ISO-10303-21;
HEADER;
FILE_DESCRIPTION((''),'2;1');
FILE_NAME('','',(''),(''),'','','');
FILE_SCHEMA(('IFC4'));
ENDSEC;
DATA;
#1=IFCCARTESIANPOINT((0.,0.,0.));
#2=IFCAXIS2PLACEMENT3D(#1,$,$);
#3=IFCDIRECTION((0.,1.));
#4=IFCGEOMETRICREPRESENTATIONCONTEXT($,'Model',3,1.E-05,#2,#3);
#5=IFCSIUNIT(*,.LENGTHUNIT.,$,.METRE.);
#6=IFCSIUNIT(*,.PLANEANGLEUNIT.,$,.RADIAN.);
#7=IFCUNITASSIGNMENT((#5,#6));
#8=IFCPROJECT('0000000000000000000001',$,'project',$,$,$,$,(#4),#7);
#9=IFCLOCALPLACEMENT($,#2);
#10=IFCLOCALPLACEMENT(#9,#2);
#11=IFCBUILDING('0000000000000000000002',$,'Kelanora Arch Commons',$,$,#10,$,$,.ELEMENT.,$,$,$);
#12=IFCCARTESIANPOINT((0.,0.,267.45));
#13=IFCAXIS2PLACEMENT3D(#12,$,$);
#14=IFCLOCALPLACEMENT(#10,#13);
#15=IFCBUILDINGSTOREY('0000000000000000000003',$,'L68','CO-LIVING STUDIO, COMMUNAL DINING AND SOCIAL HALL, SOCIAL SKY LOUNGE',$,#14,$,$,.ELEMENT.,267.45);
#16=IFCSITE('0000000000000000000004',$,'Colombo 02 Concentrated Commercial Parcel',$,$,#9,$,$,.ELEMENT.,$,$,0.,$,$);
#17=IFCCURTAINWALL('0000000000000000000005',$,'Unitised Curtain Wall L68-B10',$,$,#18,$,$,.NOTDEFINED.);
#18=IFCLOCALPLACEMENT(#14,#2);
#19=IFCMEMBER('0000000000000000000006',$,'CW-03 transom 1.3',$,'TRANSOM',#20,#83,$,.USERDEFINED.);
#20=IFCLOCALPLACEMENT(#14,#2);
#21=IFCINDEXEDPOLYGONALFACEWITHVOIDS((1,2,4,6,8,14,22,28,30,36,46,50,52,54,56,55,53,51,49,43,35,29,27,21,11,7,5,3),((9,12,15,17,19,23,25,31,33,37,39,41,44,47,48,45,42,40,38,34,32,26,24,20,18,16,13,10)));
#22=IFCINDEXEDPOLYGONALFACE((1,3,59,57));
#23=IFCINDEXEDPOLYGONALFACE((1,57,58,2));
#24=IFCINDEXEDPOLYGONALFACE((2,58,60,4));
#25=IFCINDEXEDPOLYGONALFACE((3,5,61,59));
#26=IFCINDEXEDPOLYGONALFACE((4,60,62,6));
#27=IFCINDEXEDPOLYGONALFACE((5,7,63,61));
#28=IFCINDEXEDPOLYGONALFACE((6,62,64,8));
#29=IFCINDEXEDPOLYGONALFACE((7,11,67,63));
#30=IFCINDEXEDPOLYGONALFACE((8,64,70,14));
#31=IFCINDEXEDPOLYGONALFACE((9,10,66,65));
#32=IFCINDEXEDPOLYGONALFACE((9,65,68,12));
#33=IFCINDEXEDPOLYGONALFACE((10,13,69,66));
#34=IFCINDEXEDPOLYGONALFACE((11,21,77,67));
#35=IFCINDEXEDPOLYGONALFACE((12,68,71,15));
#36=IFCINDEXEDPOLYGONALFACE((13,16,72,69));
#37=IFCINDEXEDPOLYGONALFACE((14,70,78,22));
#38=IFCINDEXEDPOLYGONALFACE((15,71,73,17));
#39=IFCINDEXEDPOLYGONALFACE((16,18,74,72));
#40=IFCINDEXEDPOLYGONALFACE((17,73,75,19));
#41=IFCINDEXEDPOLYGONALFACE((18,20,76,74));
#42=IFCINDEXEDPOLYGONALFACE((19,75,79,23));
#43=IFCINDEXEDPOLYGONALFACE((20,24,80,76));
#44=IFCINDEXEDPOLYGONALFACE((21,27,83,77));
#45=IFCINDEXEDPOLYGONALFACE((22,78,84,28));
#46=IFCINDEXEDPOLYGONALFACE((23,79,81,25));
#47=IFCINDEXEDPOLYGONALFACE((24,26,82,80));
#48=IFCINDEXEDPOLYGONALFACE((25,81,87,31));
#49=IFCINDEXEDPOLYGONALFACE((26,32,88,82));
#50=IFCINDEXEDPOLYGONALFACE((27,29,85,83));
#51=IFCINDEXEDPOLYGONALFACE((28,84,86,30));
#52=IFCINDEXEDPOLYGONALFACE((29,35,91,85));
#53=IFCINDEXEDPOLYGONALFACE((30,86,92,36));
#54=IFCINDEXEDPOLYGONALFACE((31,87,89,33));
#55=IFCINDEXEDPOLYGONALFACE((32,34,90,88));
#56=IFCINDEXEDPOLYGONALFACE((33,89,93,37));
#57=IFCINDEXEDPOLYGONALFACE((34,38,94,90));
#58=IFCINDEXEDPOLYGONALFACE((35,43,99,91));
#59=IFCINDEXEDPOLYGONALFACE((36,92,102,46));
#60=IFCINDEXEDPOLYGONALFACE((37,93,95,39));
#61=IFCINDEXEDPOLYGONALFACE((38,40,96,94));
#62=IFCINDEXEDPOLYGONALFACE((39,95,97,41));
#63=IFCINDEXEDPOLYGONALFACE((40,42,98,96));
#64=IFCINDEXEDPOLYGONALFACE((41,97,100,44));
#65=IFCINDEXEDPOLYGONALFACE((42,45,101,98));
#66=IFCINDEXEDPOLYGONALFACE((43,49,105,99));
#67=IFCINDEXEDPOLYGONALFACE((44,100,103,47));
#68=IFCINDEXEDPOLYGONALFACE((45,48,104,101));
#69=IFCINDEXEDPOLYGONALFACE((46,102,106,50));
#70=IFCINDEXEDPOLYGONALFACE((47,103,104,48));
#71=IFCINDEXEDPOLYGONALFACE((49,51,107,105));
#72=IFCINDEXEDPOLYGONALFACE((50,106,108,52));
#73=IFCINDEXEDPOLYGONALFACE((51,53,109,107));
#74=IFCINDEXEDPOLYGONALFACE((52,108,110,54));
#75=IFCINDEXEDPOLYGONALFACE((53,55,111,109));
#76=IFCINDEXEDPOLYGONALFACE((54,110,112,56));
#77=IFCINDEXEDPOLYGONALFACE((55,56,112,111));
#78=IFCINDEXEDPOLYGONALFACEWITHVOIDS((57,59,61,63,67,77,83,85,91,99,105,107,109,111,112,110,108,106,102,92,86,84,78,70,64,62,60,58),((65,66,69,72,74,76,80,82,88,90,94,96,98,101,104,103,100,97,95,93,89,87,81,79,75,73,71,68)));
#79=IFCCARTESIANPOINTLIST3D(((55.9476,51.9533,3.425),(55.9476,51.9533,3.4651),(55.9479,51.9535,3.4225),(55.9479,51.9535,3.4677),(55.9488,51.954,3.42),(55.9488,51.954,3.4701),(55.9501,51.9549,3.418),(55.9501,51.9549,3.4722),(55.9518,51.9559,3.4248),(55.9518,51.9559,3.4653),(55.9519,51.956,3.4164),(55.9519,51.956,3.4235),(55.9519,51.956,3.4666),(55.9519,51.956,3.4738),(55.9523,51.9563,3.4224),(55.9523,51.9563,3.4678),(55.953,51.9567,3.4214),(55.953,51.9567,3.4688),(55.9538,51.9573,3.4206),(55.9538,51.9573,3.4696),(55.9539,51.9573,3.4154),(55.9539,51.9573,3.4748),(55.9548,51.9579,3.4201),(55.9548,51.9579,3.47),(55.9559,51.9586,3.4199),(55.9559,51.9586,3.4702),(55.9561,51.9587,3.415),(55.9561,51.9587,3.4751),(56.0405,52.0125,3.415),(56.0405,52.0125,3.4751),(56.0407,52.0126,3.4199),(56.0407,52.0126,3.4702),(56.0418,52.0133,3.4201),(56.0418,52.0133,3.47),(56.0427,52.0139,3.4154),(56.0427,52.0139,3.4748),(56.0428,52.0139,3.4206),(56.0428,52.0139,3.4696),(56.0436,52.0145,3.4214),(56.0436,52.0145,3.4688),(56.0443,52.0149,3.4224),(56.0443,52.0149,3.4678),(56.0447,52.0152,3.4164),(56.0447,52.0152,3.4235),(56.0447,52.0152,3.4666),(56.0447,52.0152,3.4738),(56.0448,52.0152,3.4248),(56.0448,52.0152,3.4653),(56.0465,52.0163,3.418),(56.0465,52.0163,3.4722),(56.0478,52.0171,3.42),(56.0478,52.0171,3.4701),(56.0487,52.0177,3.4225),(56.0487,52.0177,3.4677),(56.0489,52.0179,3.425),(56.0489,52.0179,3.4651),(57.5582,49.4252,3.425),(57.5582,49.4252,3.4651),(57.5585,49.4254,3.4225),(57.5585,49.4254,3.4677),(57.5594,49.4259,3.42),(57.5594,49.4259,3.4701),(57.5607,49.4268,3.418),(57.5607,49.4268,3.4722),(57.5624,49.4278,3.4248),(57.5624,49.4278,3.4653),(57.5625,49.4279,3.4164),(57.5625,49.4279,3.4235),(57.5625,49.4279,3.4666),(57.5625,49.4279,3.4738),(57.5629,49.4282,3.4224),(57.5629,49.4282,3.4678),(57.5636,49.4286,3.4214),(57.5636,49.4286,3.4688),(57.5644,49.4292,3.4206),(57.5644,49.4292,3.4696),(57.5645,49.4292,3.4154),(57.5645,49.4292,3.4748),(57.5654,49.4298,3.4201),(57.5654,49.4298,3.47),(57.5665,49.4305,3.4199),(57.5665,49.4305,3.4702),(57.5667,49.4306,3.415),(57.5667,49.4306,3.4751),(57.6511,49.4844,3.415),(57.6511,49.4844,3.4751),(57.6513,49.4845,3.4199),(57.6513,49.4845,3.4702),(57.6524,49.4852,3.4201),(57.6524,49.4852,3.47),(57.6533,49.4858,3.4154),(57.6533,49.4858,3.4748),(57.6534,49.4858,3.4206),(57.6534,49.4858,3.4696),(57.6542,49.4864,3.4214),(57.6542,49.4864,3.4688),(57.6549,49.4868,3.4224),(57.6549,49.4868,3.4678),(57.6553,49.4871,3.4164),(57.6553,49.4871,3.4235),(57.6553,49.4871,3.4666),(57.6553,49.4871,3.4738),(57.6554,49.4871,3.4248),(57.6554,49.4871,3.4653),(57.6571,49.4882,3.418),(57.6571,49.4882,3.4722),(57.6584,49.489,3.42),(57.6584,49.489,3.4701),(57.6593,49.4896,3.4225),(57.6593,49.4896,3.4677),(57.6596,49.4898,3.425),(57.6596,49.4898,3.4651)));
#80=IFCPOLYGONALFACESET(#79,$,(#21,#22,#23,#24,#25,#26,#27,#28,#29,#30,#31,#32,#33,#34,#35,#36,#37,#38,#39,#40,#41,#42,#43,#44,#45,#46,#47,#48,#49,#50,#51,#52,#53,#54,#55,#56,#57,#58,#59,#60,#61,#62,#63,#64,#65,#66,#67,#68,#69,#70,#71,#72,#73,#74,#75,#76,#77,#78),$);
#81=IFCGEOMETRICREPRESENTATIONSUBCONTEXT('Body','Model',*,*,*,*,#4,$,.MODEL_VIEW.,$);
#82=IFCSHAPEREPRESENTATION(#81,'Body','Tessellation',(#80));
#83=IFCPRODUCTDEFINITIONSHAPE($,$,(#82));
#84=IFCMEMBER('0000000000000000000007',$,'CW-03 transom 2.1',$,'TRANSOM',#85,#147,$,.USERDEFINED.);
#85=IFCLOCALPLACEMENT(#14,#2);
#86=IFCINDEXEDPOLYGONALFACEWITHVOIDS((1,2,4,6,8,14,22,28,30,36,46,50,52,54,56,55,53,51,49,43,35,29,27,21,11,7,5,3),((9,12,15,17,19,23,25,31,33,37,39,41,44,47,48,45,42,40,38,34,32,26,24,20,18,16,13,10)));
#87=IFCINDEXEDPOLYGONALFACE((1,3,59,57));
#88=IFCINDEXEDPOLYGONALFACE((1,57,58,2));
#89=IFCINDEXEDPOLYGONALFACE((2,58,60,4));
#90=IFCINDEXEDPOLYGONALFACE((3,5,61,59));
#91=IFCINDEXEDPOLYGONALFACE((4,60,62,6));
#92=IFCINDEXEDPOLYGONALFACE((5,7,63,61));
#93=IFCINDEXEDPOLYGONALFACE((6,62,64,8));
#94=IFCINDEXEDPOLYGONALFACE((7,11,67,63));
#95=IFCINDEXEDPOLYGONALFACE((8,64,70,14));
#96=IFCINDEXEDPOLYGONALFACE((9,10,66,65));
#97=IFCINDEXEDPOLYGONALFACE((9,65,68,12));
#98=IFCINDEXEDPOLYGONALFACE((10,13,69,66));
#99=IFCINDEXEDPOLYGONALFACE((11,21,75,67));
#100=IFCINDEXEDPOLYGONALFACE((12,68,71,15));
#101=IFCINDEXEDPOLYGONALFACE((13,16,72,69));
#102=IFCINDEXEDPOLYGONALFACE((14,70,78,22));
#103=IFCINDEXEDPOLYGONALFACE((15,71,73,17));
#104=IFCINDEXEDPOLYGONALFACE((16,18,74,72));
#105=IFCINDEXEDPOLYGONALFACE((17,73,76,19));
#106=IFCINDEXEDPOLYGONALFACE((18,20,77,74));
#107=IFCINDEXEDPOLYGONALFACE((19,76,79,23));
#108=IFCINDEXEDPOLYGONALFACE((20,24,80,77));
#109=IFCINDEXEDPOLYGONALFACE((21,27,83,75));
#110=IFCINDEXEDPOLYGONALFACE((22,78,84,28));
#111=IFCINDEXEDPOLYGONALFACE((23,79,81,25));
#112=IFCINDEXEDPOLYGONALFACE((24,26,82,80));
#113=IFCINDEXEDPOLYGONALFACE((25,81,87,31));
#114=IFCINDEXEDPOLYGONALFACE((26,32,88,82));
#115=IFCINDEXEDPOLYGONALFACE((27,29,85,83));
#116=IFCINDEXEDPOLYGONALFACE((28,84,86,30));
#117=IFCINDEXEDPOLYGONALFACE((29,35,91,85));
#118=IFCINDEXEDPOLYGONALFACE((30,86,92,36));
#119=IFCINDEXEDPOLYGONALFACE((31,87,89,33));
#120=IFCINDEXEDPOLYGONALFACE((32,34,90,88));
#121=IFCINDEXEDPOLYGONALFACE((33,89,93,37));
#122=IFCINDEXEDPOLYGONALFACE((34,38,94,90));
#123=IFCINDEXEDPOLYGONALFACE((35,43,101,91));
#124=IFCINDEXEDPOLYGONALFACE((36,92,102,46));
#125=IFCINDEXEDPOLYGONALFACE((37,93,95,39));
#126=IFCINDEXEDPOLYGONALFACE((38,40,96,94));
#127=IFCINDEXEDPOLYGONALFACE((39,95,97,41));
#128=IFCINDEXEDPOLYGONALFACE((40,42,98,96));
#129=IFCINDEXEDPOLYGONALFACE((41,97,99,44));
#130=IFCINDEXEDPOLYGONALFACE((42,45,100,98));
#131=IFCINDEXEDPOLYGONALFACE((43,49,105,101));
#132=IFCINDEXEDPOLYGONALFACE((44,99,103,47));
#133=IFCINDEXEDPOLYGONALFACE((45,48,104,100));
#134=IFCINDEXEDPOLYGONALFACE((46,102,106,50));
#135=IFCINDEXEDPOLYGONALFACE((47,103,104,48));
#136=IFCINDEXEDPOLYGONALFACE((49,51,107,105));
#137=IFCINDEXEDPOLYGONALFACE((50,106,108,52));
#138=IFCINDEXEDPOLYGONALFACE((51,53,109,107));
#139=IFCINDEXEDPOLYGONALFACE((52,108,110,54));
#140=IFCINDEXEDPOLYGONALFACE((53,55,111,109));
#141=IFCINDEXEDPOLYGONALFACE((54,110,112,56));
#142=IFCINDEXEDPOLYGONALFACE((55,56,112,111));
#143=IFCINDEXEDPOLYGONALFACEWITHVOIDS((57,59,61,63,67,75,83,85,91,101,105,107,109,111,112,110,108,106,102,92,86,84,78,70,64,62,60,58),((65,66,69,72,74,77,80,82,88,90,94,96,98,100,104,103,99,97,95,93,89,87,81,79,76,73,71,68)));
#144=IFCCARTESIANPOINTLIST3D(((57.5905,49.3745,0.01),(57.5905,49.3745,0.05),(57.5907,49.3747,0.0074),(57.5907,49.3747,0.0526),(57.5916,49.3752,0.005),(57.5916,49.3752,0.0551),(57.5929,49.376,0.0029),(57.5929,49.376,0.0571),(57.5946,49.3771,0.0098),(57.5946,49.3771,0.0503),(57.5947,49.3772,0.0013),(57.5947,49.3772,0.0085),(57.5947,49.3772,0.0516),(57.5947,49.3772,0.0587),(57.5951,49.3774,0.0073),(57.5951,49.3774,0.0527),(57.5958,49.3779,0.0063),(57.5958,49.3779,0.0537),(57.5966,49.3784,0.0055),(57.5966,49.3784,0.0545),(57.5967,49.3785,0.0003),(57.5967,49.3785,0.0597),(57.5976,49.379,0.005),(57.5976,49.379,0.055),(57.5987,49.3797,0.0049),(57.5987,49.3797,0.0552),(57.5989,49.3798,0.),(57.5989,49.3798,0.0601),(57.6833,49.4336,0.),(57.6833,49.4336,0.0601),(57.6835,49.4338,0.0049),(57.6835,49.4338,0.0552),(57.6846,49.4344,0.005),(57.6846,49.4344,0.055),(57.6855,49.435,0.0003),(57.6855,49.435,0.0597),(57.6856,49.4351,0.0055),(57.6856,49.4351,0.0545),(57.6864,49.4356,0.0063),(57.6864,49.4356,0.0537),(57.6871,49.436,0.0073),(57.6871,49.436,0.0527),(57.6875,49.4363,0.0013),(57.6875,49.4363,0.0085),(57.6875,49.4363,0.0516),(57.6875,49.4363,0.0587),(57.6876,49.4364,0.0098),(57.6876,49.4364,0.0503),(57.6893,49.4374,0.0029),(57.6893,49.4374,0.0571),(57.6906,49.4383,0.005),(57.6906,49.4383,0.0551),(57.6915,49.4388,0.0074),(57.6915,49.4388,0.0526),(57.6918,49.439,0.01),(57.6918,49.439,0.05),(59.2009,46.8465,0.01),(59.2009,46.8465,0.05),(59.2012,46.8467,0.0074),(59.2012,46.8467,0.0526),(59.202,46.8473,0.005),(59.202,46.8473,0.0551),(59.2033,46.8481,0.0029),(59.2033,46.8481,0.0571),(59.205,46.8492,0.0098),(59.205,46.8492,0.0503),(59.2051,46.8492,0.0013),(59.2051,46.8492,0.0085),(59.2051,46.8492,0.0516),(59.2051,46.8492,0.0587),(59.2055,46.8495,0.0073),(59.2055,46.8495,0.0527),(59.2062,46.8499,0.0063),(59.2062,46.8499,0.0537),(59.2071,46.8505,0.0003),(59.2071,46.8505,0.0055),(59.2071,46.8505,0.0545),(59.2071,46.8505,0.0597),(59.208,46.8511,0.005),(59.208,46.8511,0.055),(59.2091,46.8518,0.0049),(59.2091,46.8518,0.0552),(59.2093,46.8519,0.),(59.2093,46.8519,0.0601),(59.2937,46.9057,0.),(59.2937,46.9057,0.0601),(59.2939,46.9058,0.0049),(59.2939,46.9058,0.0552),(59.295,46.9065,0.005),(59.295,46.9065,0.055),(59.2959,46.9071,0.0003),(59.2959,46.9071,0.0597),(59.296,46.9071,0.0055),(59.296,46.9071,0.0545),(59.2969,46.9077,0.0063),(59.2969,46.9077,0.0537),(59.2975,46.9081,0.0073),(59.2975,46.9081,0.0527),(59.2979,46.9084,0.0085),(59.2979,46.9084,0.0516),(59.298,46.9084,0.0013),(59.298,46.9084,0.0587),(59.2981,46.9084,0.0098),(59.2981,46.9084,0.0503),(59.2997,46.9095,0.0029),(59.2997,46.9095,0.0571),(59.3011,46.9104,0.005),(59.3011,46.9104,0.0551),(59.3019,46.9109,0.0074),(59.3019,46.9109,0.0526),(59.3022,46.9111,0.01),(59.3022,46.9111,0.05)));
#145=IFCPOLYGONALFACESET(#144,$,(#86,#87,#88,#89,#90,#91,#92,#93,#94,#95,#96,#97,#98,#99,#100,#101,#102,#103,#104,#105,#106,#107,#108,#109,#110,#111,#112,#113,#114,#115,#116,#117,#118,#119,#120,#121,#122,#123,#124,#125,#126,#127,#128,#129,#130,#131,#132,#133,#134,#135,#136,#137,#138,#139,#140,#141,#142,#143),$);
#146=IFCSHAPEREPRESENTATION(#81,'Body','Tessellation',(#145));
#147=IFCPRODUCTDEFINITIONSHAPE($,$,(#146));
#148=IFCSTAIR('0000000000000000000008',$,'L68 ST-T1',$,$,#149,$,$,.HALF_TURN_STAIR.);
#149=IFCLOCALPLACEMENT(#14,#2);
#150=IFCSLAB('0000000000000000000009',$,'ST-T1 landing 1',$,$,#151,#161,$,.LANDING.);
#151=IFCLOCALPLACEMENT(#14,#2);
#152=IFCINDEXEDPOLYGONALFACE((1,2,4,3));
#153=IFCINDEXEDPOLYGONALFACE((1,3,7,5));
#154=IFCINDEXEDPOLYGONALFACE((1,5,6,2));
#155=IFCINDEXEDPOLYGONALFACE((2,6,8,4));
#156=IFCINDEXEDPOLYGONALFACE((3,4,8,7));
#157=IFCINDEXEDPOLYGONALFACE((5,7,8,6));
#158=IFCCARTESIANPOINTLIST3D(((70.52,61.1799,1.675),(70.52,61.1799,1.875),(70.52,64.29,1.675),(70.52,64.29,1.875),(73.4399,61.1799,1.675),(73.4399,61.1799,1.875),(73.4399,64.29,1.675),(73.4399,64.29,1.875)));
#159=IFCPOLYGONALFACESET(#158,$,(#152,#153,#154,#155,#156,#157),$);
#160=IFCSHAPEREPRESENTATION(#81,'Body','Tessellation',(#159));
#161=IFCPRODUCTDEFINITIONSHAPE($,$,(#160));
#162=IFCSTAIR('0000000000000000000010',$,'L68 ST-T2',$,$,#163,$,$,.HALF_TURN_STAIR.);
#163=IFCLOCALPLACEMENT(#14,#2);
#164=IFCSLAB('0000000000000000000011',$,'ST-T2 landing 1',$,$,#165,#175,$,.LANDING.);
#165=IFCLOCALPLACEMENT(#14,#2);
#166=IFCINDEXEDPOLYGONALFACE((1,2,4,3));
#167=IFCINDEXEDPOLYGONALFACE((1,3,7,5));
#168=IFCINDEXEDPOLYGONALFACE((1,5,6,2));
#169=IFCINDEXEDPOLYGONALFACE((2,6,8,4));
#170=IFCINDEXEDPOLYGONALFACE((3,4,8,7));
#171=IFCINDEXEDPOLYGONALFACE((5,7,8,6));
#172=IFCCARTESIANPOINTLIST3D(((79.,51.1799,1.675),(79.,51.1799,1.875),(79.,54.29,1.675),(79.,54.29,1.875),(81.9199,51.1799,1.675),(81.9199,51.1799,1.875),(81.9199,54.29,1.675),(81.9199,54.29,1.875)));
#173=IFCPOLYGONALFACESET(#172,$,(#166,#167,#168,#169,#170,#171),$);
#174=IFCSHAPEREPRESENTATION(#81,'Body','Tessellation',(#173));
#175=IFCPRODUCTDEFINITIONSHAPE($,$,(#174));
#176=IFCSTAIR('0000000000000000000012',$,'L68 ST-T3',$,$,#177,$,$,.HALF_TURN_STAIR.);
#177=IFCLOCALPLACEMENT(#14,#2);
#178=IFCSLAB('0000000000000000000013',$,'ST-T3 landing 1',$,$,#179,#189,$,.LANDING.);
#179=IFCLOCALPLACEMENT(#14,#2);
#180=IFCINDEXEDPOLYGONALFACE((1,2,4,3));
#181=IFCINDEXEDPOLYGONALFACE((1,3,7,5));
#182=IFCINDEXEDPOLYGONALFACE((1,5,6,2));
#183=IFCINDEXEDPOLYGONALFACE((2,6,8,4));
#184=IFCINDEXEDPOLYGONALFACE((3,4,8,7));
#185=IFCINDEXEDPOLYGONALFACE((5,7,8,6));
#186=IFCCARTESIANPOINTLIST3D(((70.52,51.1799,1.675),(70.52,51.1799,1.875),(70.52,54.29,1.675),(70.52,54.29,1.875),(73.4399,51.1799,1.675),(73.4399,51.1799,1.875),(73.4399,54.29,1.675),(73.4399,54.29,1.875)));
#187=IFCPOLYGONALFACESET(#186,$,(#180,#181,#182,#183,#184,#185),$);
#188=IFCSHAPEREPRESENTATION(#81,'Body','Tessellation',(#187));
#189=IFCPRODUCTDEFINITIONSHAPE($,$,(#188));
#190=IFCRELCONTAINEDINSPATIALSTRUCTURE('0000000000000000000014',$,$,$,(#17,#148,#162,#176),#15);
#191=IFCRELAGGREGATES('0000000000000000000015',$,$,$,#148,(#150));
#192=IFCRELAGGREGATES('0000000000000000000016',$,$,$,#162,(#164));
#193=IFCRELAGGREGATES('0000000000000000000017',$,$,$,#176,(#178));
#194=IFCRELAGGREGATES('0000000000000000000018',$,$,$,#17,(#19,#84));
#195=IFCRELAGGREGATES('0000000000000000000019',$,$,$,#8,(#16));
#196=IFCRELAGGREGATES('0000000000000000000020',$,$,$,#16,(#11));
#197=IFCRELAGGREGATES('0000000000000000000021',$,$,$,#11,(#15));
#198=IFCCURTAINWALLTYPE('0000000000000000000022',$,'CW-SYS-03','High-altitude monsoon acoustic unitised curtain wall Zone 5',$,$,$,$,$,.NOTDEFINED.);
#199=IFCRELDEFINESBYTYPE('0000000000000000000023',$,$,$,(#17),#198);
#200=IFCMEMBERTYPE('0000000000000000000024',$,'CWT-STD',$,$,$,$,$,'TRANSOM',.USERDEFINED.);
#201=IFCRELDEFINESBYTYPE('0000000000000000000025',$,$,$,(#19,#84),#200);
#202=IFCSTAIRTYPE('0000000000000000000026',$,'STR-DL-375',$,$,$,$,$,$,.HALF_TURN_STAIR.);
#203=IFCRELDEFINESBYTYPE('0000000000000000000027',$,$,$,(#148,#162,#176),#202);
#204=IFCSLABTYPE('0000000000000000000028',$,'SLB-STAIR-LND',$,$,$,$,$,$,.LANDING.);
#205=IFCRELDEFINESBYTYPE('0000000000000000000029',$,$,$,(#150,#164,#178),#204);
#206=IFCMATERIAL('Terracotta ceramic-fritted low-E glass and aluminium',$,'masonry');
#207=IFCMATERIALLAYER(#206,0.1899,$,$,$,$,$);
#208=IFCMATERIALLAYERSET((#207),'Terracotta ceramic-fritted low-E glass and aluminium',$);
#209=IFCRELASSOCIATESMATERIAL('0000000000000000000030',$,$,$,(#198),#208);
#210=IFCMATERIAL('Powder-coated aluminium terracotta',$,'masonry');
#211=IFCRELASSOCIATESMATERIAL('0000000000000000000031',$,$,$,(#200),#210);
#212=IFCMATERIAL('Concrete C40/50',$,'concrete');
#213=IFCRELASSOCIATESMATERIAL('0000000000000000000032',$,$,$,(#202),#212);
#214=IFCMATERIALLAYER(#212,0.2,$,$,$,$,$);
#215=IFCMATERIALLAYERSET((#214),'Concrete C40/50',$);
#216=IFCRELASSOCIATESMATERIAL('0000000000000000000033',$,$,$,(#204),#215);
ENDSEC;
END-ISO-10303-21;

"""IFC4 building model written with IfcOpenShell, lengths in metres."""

from ifc_helpers import new_model, si_unit, direction, frame, origin, origin_2d, place, context, subcontext, project, spatial, polyline, hollow_rectangle, outline, extrude, material, layer, layer_set, material_profile, profile_set, type_object, element, aggregate, save


model = new_model("IFC4")

# Units and contexts
model_context = context("Model", 3, precision=1e-05, world=origin(), true_north=direction((0.0, 1.0)))
body_context = subcontext(model_context, "Body", "Model", "MODEL_VIEW")
ifc_project = project(units=[si_unit("LENGTHUNIT", "METRE"), si_unit("PLANEANGLEUNIT", "RADIAN")], contexts=[model_context])

# Site, building, storey
site_placement = place(None, origin())
site = spatial("IfcSite", under=ifc_project, at=site_placement, Name="Colombo 02 Concentrated Commercial Parcel", CompositionType="ELEMENT", RefElevation=0.0)
building_placement = place(site_placement, origin())
building = spatial("IfcBuilding", under=site, at=building_placement, Name="Kelanora Arch Commons", CompositionType="ELEMENT")
storey_placement = place(building_placement, frame((0.0, 0.0, 267.45)))
storey = spatial("IfcBuildingStorey", under=building, at=storey_placement, Name="L68", Description="CO-LIVING STUDIO, COMMUNAL DINING AND SOCIAL HALL, SOCIAL SKY LOUNGE", CompositionType="ELEMENT", Elevation=267.45)

# Curtain wall, members
ifc_material_1 = material(Name="Terracotta ceramic-fritted low-E glass and aluminium", Category="masonry")
ifc_layer_1 = layer(ifc_material_1, 0.1899)
ifc_layer_set_1 = layer_set([ifc_layer_1], Name="Terracotta ceramic-fritted low-E glass and aluminium")
curtain_wall_type = type_object("IfcCurtainWallType", Name="CW-SYS-03", Description="High-altitude monsoon acoustic unitised curtain wall Zone 5", PredefinedType="NOTDEFINED", material=ifc_layer_set_1)
curtain_wall_placement = place(storey_placement, origin())
curtain_wall = element("IfcCurtainWall", 1, at=curtain_wall_placement, inside=storey, type_object=curtain_wall_type, Name="Unitised Curtain Wall L68-B10", PredefinedType="NOTDEFINED")
ifc_material_2 = material(Name="Powder-coated aluminium terracotta", Category="masonry")
ifc_material_profile_1 = material_profile(ifc_material_2, hollow_rectangle(XDim=0.1201, YDim=0.0601, WallThickness=0.0049, InnerFilletRadius=0.0049, OuterFilletRadius=0.01, at=origin_2d()), Name="CWT120x60")
ifc_profile_set_1 = profile_set([ifc_material_profile_1], Name="Powder-coated aluminium terracotta")
member_type_1 = type_object("IfcMemberType", Name="CWT-STD", ElementType="TRANSOM", PredefinedType="USERDEFINED", material=ifc_profile_set_1)
member_1_placement = place(storey_placement, frame((55.9983, 51.9856, 3.4451), z_axis=(0.537308, -0.843386, 0.0), x_axis=(0.843386, 0.537308, 0.0)))
member_1 = element("IfcMember", 2, at=member_1_placement, type_object=member_type_1, Name="CW-03 transom 1.3", ObjectType="TRANSOM", PredefinedType="USERDEFINED", context=body_context, shape_type="SweptSolid", body=[
    extrude(hollow_rectangle(XDim=0.1201, YDim=0.0601, WallThickness=0.0049, InnerFilletRadius=0.0049, OuterFilletRadius=0.01, at=origin_2d()), origin(), (0.0, 0.0, 1.0), 2.9976),
])
member_2_placement = place(storey_placement, frame((57.6411, 49.4067, 0.03), z_axis=(0.537287, -0.8434, 0.0), x_axis=(0.8434, 0.537287, 0.0)))
member_2 = element("IfcMember", 3, at=member_2_placement, type_object=member_type_1, Name="CW-03 transom 2.1", ObjectType="TRANSOM", PredefinedType="USERDEFINED", context=body_context, shape_type="SweptSolid", body=[
    extrude(hollow_rectangle(XDim=0.1201, YDim=0.0601, WallThickness=0.0049, InnerFilletRadius=0.0049, OuterFilletRadius=0.01, at=origin_2d()), origin(), (0.0, 0.0, 1.0), 2.9973),
])

# Stairs, slabs
ifc_material_3 = material(Name="Concrete C40/50", Category="concrete")
stair_type = type_object("IfcStairType", Name="STR-DL-375", PredefinedType="HALF_TURN_STAIR", material=ifc_material_3)
stair_1_placement = place(storey_placement, origin())
stair_1 = element("IfcStair", 4, at=stair_1_placement, inside=storey, type_object=stair_type, Name="L68 ST-T1", PredefinedType="HALF_TURN_STAIR")
ifc_layer_2 = layer(ifc_material_3, 0.2)
ifc_layer_set_2 = layer_set([ifc_layer_2], Name="Concrete C40/50")
slab_type_1 = type_object("IfcSlabType", Name="SLB-STAIR-LND", PredefinedType="LANDING", material=ifc_layer_set_2)
slab_1_placement = place(storey_placement, frame((0.0, 0.0, 1.675)))
slab_1 = element("IfcSlab", 5, at=slab_1_placement, type_object=slab_type_1, Name="ST-T1 landing 1", PredefinedType="LANDING", context=body_context, shape_type="SweptSolid", body=[
    extrude(outline(polyline([(70.52, 61.1799), (73.4399, 61.1799), (73.4399, 64.29), (70.52, 64.29), (70.52, 61.1799)])), origin(), (0.0, 0.0, 1.0), 0.2),
])
aggregate(stair_1, [slab_1])
stair_2_placement = place(storey_placement, origin())
stair_2 = element("IfcStair", 6, at=stair_2_placement, inside=storey, type_object=stair_type, Name="L68 ST-T2", PredefinedType="HALF_TURN_STAIR")
slab_2_placement = place(storey_placement, frame((0.0, 0.0, 1.675)))
slab_2 = element("IfcSlab", 7, at=slab_2_placement, type_object=slab_type_1, Name="ST-T2 landing 1", PredefinedType="LANDING", context=body_context, shape_type="SweptSolid", body=[
    extrude(outline(polyline([(79.0, 51.1799), (81.9199, 51.1799), (81.9199, 54.29), (79.0, 54.29), (79.0, 51.1799)])), origin(), (0.0, 0.0, 1.0), 0.2),
])
aggregate(stair_2, [slab_2])
stair_3_placement = place(storey_placement, origin())
stair_3 = element("IfcStair", 8, at=stair_3_placement, inside=storey, type_object=stair_type, Name="L68 ST-T3", PredefinedType="HALF_TURN_STAIR")
slab_3_placement = place(storey_placement, frame((0.0, 0.0, 1.675)))
slab_3 = element("IfcSlab", 9, at=slab_3_placement, type_object=slab_type_1, Name="ST-T3 landing 1", PredefinedType="LANDING", context=body_context, shape_type="SweptSolid", body=[
    extrude(outline(polyline([(70.52, 51.1799), (73.4399, 51.1799), (73.4399, 54.29), (70.52, 54.29), (70.52, 51.1799)])), origin(), (0.0, 0.0, 1.0), 0.2),
])
aggregate(stair_3, [slab_3])

aggregate(curtain_wall, [member_1, member_2])

save(model, "model.ifc")
